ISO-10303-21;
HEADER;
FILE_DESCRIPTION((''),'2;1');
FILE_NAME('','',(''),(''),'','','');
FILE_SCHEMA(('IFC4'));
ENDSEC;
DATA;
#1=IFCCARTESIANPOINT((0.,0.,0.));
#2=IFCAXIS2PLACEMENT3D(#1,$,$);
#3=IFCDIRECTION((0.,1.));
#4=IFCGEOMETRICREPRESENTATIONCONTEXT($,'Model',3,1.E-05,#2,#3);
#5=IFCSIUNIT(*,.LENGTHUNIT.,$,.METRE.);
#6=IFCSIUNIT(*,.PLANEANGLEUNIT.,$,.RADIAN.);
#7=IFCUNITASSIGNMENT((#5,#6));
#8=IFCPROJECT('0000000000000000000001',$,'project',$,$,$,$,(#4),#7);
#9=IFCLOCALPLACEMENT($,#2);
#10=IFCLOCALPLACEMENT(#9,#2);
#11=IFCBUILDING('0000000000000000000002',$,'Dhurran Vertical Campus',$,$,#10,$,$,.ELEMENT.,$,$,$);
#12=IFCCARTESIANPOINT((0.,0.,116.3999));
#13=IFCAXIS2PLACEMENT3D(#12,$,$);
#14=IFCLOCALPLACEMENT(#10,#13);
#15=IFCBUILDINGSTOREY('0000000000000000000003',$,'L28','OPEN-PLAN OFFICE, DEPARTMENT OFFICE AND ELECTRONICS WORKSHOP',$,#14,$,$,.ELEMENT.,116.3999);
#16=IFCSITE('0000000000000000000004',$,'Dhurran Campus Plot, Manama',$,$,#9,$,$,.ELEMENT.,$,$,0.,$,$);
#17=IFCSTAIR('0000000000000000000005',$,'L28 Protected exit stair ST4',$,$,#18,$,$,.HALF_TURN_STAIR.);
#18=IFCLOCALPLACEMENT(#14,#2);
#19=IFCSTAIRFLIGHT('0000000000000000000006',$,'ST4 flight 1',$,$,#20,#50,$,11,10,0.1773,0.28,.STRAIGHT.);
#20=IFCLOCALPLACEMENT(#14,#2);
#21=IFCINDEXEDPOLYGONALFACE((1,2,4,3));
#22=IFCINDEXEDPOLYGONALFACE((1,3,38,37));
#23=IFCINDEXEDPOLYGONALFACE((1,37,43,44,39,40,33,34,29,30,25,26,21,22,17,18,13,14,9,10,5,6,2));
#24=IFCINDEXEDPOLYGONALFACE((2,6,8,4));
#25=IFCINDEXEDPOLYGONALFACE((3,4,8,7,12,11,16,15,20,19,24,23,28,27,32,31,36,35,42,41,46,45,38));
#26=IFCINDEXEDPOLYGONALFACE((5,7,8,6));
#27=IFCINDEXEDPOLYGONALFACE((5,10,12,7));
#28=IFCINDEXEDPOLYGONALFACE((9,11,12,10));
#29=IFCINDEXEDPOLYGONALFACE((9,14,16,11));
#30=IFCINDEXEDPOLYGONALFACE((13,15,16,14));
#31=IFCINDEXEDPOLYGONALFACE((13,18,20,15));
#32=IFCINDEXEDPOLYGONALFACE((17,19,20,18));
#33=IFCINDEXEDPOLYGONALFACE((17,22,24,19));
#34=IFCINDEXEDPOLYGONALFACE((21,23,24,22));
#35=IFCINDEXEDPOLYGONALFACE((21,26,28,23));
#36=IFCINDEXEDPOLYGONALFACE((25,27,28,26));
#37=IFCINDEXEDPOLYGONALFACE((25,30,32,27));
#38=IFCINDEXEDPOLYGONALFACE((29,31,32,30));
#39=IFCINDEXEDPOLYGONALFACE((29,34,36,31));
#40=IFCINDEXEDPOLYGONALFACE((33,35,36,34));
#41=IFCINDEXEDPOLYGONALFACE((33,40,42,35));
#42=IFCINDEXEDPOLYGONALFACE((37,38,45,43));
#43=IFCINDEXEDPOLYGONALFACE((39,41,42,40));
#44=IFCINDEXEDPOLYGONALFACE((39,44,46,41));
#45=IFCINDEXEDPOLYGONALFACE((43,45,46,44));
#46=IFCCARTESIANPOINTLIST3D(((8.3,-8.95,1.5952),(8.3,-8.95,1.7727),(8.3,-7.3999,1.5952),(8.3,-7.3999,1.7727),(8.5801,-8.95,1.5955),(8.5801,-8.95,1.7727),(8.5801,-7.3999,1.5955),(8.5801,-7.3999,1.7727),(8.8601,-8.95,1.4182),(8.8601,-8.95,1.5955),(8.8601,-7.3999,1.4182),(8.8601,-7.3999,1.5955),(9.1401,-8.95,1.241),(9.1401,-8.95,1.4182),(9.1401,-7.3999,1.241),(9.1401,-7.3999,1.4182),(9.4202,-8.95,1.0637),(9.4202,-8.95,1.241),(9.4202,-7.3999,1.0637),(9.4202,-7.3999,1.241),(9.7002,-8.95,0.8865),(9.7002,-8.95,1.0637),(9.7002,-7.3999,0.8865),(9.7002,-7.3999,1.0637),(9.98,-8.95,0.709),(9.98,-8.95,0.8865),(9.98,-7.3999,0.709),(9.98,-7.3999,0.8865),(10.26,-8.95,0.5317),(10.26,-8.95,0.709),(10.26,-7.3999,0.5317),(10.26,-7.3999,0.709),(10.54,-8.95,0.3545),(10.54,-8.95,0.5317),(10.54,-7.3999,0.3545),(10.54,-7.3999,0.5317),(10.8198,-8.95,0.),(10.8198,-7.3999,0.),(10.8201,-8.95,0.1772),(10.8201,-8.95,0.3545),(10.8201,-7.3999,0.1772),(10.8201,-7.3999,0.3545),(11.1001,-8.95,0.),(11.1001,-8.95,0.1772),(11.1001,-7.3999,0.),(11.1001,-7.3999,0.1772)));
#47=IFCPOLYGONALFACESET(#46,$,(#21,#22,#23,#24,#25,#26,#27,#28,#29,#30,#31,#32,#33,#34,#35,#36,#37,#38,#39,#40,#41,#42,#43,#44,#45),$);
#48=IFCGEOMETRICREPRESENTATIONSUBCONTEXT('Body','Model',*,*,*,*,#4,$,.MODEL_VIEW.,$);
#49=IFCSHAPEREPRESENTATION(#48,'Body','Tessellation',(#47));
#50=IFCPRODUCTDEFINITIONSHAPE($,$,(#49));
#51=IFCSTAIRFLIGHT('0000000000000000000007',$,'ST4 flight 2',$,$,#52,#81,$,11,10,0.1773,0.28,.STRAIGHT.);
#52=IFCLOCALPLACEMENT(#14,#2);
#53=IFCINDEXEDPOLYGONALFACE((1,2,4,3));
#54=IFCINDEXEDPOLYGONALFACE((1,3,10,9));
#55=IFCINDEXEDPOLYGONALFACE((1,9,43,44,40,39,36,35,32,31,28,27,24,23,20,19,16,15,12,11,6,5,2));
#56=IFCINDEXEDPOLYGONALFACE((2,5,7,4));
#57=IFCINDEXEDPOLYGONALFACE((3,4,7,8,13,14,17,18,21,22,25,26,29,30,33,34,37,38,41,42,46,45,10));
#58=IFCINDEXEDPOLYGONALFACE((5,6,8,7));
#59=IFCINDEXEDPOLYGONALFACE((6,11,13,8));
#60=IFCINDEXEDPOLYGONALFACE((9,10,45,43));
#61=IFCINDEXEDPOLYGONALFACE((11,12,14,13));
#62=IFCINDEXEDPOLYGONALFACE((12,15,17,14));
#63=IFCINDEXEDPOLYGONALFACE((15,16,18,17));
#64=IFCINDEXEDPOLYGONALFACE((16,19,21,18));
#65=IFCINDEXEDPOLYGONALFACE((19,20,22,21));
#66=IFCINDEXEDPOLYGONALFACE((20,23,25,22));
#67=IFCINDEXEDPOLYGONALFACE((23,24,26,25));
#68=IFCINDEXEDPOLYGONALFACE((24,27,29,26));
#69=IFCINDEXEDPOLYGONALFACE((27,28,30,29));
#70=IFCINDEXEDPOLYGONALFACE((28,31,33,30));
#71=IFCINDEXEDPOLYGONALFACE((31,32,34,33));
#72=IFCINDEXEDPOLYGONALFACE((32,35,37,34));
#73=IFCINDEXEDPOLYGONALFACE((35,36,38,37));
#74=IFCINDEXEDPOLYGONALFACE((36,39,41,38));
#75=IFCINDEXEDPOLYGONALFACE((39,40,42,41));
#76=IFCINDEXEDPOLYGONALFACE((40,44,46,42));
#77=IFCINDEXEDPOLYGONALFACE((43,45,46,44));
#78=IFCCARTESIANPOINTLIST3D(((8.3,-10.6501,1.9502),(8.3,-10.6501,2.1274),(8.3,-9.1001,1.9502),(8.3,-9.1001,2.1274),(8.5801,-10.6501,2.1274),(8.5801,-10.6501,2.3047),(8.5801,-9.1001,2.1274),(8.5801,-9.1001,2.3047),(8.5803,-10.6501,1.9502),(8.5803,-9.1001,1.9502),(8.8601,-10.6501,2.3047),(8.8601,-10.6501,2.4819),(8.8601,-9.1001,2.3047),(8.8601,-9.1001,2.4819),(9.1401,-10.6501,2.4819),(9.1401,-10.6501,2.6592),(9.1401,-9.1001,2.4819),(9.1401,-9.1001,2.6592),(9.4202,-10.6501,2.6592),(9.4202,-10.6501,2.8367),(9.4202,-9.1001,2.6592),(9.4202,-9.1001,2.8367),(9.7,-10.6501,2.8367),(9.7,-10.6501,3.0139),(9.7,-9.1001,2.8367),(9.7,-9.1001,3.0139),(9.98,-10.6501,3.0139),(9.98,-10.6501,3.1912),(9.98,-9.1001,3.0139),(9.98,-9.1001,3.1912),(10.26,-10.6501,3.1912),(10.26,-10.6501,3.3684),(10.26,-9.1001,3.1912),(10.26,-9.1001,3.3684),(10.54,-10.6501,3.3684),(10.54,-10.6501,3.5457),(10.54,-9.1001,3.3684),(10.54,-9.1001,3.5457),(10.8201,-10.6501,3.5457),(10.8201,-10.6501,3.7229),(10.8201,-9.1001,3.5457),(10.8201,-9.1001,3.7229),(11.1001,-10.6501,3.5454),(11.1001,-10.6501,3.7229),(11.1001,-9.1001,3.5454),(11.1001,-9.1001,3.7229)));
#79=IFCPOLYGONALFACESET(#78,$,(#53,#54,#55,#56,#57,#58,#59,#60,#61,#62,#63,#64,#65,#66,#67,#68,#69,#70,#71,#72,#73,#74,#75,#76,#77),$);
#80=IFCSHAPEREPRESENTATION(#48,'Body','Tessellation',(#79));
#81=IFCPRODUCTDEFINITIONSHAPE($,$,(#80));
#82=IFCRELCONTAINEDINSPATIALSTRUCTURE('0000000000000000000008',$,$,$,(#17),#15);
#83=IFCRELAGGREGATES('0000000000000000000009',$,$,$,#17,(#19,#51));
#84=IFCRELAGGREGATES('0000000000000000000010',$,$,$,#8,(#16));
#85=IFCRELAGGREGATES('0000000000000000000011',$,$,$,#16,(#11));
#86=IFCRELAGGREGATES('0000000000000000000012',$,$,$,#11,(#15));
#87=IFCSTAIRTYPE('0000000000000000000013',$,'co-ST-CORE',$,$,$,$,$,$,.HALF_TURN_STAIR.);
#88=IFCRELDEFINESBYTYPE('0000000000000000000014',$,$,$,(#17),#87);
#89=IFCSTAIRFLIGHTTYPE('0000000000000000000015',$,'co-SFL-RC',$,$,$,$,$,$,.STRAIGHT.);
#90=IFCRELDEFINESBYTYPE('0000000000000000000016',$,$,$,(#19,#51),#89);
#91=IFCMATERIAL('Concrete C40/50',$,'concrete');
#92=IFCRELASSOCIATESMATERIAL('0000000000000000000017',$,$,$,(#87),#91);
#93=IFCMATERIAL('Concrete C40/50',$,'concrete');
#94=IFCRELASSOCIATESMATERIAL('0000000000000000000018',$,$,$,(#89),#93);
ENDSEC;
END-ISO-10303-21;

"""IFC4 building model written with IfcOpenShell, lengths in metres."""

from ifc_helpers import new_model, si_unit, direction, frame, origin, place, context, subcontext, project, spatial, polyline, outline, extrude, material, type_object, element, aggregate, save


model = new_model("IFC4")

# Units and contexts
model_context = context("Model", 3, precision=1e-05, world=origin(), true_north=direction((0.0, 1.0)))
body_context = subcontext(model_context, "Body", "Model", "MODEL_VIEW")
ifc_project = project(units=[si_unit("LENGTHUNIT", "METRE"), si_unit("PLANEANGLEUNIT", "RADIAN")], contexts=[model_context])

# Site, building, storey
site_placement = place(None, origin())
site = spatial("IfcSite", under=ifc_project, at=site_placement, Name="Dhurran Campus Plot, Manama", CompositionType="ELEMENT", RefElevation=0.0)
building_placement = place(site_placement, origin())
building = spatial("IfcBuilding", under=site, at=building_placement, Name="Dhurran Vertical Campus", CompositionType="ELEMENT")
storey_placement = place(building_placement, frame((0.0, 0.0, 116.3999)))
storey = spatial("IfcBuildingStorey", under=building, at=storey_placement, Name="L28", Description="OPEN-PLAN OFFICE, DEPARTMENT OFFICE AND ELECTRONICS WORKSHOP", CompositionType="ELEMENT", Elevation=116.3999)

# Stair, stair flights
ifc_material_1 = material(Name="Concrete C40/50", Category="concrete")
stair_type = type_object("IfcStairType", Name="co-ST-CORE", PredefinedType="HALF_TURN_STAIR", material=ifc_material_1)
stair_placement = place(storey_placement, origin())
stair = element("IfcStair", 1, at=stair_placement, inside=storey, type_object=stair_type, Name="L28 Protected exit stair ST4", PredefinedType="HALF_TURN_STAIR")
ifc_material_2 = material(Name="Concrete C40/50", Category="concrete")
stair_flight_type = type_object("IfcStairFlightType", Name="co-SFL-RC", PredefinedType="STRAIGHT", material=ifc_material_2)
stair_flight_1_placement = place(storey_placement, frame((11.1001, -8.175, 0.0), z_axis=(0.0, 0.0, 1.0), x_axis=(-1.0, 0.0, 0.0)))
stair_flight_1 = element("IfcStairFlight", 2, at=stair_flight_1_placement, type_object=stair_flight_type, Name="ST4 flight 1", NumberOfRisers=11, NumberOfTreads=10, PredefinedType="STRAIGHT", RiserHeight=0.1773, TreadLength=0.28, context=body_context, shape_type="SweptSolid", body=[
    extrude(outline(polyline([(0.0, 0.0), (0.0, 0.1772), (0.28, 0.1772), (0.28, 0.3545), (0.5601, 0.3545), (0.5601, 0.5317), (0.8401, 0.5317), (0.8401, 0.709), (1.1201, 0.709), (1.1201, 0.8865), (1.3999, 0.8865), (1.3999, 1.0637), (1.6799, 1.0637), (1.6799, 1.241), (1.96, 1.241), (1.96, 1.4182), (2.24, 1.4182), (2.24, 1.5955), (2.52, 1.5955), (2.52, 1.7727), (2.8, 1.7727), (2.8, 1.95), (2.8, 1.5952), (0.2803, 0.0), (0.0, 0.0)])), frame((0.0, 0.7749, 0.0), z_axis=(0.0, -1.0, 0.0), x_axis=(1.0, 0.0, 0.0)), (0.0, 0.0, 1.0), 1.55),
])
stair_flight_2_placement = place(storey_placement, frame((8.3, -9.875, 1.9502), z_axis=(0.0, 0.0, 1.0), x_axis=(1.0, 0.0, 0.0)))
stair_flight_2 = element("IfcStairFlight", 3, at=stair_flight_2_placement, type_object=stair_flight_type, Name="ST4 flight 2", NumberOfRisers=11, NumberOfTreads=10, PredefinedType="STRAIGHT", RiserHeight=0.1773, TreadLength=0.28, context=body_context, shape_type="SweptSolid", body=[
    extrude(outline(polyline([(0.0, 0.0), (0.0, 0.1772), (0.28, 0.1772), (0.28, 0.3545), (0.5601, 0.3545), (0.5601, 0.5317), (0.8401, 0.5317), (0.8401, 0.709), (1.1201, 0.709), (1.1201, 0.8865), (1.3999, 0.8865), (1.3999, 1.0637), (1.6799, 1.0637), (1.6799, 1.241), (1.96, 1.241), (1.96, 1.4182), (2.24, 1.4182), (2.24, 1.5955), (2.52, 1.5955), (2.52, 1.7727), (2.8, 1.7727), (2.8, 1.95), (2.8, 1.5952), (0.2803, 0.0), (0.0, 0.0)])), frame((0.0, 0.7749, 0.0), z_axis=(0.0, -1.0, 0.0), x_axis=(1.0, 0.0, 0.0)), (0.0, 0.0, 1.0), 1.55),
])
aggregate(stair, [stair_flight_1, stair_flight_2])

save(model, "model.ifc")
